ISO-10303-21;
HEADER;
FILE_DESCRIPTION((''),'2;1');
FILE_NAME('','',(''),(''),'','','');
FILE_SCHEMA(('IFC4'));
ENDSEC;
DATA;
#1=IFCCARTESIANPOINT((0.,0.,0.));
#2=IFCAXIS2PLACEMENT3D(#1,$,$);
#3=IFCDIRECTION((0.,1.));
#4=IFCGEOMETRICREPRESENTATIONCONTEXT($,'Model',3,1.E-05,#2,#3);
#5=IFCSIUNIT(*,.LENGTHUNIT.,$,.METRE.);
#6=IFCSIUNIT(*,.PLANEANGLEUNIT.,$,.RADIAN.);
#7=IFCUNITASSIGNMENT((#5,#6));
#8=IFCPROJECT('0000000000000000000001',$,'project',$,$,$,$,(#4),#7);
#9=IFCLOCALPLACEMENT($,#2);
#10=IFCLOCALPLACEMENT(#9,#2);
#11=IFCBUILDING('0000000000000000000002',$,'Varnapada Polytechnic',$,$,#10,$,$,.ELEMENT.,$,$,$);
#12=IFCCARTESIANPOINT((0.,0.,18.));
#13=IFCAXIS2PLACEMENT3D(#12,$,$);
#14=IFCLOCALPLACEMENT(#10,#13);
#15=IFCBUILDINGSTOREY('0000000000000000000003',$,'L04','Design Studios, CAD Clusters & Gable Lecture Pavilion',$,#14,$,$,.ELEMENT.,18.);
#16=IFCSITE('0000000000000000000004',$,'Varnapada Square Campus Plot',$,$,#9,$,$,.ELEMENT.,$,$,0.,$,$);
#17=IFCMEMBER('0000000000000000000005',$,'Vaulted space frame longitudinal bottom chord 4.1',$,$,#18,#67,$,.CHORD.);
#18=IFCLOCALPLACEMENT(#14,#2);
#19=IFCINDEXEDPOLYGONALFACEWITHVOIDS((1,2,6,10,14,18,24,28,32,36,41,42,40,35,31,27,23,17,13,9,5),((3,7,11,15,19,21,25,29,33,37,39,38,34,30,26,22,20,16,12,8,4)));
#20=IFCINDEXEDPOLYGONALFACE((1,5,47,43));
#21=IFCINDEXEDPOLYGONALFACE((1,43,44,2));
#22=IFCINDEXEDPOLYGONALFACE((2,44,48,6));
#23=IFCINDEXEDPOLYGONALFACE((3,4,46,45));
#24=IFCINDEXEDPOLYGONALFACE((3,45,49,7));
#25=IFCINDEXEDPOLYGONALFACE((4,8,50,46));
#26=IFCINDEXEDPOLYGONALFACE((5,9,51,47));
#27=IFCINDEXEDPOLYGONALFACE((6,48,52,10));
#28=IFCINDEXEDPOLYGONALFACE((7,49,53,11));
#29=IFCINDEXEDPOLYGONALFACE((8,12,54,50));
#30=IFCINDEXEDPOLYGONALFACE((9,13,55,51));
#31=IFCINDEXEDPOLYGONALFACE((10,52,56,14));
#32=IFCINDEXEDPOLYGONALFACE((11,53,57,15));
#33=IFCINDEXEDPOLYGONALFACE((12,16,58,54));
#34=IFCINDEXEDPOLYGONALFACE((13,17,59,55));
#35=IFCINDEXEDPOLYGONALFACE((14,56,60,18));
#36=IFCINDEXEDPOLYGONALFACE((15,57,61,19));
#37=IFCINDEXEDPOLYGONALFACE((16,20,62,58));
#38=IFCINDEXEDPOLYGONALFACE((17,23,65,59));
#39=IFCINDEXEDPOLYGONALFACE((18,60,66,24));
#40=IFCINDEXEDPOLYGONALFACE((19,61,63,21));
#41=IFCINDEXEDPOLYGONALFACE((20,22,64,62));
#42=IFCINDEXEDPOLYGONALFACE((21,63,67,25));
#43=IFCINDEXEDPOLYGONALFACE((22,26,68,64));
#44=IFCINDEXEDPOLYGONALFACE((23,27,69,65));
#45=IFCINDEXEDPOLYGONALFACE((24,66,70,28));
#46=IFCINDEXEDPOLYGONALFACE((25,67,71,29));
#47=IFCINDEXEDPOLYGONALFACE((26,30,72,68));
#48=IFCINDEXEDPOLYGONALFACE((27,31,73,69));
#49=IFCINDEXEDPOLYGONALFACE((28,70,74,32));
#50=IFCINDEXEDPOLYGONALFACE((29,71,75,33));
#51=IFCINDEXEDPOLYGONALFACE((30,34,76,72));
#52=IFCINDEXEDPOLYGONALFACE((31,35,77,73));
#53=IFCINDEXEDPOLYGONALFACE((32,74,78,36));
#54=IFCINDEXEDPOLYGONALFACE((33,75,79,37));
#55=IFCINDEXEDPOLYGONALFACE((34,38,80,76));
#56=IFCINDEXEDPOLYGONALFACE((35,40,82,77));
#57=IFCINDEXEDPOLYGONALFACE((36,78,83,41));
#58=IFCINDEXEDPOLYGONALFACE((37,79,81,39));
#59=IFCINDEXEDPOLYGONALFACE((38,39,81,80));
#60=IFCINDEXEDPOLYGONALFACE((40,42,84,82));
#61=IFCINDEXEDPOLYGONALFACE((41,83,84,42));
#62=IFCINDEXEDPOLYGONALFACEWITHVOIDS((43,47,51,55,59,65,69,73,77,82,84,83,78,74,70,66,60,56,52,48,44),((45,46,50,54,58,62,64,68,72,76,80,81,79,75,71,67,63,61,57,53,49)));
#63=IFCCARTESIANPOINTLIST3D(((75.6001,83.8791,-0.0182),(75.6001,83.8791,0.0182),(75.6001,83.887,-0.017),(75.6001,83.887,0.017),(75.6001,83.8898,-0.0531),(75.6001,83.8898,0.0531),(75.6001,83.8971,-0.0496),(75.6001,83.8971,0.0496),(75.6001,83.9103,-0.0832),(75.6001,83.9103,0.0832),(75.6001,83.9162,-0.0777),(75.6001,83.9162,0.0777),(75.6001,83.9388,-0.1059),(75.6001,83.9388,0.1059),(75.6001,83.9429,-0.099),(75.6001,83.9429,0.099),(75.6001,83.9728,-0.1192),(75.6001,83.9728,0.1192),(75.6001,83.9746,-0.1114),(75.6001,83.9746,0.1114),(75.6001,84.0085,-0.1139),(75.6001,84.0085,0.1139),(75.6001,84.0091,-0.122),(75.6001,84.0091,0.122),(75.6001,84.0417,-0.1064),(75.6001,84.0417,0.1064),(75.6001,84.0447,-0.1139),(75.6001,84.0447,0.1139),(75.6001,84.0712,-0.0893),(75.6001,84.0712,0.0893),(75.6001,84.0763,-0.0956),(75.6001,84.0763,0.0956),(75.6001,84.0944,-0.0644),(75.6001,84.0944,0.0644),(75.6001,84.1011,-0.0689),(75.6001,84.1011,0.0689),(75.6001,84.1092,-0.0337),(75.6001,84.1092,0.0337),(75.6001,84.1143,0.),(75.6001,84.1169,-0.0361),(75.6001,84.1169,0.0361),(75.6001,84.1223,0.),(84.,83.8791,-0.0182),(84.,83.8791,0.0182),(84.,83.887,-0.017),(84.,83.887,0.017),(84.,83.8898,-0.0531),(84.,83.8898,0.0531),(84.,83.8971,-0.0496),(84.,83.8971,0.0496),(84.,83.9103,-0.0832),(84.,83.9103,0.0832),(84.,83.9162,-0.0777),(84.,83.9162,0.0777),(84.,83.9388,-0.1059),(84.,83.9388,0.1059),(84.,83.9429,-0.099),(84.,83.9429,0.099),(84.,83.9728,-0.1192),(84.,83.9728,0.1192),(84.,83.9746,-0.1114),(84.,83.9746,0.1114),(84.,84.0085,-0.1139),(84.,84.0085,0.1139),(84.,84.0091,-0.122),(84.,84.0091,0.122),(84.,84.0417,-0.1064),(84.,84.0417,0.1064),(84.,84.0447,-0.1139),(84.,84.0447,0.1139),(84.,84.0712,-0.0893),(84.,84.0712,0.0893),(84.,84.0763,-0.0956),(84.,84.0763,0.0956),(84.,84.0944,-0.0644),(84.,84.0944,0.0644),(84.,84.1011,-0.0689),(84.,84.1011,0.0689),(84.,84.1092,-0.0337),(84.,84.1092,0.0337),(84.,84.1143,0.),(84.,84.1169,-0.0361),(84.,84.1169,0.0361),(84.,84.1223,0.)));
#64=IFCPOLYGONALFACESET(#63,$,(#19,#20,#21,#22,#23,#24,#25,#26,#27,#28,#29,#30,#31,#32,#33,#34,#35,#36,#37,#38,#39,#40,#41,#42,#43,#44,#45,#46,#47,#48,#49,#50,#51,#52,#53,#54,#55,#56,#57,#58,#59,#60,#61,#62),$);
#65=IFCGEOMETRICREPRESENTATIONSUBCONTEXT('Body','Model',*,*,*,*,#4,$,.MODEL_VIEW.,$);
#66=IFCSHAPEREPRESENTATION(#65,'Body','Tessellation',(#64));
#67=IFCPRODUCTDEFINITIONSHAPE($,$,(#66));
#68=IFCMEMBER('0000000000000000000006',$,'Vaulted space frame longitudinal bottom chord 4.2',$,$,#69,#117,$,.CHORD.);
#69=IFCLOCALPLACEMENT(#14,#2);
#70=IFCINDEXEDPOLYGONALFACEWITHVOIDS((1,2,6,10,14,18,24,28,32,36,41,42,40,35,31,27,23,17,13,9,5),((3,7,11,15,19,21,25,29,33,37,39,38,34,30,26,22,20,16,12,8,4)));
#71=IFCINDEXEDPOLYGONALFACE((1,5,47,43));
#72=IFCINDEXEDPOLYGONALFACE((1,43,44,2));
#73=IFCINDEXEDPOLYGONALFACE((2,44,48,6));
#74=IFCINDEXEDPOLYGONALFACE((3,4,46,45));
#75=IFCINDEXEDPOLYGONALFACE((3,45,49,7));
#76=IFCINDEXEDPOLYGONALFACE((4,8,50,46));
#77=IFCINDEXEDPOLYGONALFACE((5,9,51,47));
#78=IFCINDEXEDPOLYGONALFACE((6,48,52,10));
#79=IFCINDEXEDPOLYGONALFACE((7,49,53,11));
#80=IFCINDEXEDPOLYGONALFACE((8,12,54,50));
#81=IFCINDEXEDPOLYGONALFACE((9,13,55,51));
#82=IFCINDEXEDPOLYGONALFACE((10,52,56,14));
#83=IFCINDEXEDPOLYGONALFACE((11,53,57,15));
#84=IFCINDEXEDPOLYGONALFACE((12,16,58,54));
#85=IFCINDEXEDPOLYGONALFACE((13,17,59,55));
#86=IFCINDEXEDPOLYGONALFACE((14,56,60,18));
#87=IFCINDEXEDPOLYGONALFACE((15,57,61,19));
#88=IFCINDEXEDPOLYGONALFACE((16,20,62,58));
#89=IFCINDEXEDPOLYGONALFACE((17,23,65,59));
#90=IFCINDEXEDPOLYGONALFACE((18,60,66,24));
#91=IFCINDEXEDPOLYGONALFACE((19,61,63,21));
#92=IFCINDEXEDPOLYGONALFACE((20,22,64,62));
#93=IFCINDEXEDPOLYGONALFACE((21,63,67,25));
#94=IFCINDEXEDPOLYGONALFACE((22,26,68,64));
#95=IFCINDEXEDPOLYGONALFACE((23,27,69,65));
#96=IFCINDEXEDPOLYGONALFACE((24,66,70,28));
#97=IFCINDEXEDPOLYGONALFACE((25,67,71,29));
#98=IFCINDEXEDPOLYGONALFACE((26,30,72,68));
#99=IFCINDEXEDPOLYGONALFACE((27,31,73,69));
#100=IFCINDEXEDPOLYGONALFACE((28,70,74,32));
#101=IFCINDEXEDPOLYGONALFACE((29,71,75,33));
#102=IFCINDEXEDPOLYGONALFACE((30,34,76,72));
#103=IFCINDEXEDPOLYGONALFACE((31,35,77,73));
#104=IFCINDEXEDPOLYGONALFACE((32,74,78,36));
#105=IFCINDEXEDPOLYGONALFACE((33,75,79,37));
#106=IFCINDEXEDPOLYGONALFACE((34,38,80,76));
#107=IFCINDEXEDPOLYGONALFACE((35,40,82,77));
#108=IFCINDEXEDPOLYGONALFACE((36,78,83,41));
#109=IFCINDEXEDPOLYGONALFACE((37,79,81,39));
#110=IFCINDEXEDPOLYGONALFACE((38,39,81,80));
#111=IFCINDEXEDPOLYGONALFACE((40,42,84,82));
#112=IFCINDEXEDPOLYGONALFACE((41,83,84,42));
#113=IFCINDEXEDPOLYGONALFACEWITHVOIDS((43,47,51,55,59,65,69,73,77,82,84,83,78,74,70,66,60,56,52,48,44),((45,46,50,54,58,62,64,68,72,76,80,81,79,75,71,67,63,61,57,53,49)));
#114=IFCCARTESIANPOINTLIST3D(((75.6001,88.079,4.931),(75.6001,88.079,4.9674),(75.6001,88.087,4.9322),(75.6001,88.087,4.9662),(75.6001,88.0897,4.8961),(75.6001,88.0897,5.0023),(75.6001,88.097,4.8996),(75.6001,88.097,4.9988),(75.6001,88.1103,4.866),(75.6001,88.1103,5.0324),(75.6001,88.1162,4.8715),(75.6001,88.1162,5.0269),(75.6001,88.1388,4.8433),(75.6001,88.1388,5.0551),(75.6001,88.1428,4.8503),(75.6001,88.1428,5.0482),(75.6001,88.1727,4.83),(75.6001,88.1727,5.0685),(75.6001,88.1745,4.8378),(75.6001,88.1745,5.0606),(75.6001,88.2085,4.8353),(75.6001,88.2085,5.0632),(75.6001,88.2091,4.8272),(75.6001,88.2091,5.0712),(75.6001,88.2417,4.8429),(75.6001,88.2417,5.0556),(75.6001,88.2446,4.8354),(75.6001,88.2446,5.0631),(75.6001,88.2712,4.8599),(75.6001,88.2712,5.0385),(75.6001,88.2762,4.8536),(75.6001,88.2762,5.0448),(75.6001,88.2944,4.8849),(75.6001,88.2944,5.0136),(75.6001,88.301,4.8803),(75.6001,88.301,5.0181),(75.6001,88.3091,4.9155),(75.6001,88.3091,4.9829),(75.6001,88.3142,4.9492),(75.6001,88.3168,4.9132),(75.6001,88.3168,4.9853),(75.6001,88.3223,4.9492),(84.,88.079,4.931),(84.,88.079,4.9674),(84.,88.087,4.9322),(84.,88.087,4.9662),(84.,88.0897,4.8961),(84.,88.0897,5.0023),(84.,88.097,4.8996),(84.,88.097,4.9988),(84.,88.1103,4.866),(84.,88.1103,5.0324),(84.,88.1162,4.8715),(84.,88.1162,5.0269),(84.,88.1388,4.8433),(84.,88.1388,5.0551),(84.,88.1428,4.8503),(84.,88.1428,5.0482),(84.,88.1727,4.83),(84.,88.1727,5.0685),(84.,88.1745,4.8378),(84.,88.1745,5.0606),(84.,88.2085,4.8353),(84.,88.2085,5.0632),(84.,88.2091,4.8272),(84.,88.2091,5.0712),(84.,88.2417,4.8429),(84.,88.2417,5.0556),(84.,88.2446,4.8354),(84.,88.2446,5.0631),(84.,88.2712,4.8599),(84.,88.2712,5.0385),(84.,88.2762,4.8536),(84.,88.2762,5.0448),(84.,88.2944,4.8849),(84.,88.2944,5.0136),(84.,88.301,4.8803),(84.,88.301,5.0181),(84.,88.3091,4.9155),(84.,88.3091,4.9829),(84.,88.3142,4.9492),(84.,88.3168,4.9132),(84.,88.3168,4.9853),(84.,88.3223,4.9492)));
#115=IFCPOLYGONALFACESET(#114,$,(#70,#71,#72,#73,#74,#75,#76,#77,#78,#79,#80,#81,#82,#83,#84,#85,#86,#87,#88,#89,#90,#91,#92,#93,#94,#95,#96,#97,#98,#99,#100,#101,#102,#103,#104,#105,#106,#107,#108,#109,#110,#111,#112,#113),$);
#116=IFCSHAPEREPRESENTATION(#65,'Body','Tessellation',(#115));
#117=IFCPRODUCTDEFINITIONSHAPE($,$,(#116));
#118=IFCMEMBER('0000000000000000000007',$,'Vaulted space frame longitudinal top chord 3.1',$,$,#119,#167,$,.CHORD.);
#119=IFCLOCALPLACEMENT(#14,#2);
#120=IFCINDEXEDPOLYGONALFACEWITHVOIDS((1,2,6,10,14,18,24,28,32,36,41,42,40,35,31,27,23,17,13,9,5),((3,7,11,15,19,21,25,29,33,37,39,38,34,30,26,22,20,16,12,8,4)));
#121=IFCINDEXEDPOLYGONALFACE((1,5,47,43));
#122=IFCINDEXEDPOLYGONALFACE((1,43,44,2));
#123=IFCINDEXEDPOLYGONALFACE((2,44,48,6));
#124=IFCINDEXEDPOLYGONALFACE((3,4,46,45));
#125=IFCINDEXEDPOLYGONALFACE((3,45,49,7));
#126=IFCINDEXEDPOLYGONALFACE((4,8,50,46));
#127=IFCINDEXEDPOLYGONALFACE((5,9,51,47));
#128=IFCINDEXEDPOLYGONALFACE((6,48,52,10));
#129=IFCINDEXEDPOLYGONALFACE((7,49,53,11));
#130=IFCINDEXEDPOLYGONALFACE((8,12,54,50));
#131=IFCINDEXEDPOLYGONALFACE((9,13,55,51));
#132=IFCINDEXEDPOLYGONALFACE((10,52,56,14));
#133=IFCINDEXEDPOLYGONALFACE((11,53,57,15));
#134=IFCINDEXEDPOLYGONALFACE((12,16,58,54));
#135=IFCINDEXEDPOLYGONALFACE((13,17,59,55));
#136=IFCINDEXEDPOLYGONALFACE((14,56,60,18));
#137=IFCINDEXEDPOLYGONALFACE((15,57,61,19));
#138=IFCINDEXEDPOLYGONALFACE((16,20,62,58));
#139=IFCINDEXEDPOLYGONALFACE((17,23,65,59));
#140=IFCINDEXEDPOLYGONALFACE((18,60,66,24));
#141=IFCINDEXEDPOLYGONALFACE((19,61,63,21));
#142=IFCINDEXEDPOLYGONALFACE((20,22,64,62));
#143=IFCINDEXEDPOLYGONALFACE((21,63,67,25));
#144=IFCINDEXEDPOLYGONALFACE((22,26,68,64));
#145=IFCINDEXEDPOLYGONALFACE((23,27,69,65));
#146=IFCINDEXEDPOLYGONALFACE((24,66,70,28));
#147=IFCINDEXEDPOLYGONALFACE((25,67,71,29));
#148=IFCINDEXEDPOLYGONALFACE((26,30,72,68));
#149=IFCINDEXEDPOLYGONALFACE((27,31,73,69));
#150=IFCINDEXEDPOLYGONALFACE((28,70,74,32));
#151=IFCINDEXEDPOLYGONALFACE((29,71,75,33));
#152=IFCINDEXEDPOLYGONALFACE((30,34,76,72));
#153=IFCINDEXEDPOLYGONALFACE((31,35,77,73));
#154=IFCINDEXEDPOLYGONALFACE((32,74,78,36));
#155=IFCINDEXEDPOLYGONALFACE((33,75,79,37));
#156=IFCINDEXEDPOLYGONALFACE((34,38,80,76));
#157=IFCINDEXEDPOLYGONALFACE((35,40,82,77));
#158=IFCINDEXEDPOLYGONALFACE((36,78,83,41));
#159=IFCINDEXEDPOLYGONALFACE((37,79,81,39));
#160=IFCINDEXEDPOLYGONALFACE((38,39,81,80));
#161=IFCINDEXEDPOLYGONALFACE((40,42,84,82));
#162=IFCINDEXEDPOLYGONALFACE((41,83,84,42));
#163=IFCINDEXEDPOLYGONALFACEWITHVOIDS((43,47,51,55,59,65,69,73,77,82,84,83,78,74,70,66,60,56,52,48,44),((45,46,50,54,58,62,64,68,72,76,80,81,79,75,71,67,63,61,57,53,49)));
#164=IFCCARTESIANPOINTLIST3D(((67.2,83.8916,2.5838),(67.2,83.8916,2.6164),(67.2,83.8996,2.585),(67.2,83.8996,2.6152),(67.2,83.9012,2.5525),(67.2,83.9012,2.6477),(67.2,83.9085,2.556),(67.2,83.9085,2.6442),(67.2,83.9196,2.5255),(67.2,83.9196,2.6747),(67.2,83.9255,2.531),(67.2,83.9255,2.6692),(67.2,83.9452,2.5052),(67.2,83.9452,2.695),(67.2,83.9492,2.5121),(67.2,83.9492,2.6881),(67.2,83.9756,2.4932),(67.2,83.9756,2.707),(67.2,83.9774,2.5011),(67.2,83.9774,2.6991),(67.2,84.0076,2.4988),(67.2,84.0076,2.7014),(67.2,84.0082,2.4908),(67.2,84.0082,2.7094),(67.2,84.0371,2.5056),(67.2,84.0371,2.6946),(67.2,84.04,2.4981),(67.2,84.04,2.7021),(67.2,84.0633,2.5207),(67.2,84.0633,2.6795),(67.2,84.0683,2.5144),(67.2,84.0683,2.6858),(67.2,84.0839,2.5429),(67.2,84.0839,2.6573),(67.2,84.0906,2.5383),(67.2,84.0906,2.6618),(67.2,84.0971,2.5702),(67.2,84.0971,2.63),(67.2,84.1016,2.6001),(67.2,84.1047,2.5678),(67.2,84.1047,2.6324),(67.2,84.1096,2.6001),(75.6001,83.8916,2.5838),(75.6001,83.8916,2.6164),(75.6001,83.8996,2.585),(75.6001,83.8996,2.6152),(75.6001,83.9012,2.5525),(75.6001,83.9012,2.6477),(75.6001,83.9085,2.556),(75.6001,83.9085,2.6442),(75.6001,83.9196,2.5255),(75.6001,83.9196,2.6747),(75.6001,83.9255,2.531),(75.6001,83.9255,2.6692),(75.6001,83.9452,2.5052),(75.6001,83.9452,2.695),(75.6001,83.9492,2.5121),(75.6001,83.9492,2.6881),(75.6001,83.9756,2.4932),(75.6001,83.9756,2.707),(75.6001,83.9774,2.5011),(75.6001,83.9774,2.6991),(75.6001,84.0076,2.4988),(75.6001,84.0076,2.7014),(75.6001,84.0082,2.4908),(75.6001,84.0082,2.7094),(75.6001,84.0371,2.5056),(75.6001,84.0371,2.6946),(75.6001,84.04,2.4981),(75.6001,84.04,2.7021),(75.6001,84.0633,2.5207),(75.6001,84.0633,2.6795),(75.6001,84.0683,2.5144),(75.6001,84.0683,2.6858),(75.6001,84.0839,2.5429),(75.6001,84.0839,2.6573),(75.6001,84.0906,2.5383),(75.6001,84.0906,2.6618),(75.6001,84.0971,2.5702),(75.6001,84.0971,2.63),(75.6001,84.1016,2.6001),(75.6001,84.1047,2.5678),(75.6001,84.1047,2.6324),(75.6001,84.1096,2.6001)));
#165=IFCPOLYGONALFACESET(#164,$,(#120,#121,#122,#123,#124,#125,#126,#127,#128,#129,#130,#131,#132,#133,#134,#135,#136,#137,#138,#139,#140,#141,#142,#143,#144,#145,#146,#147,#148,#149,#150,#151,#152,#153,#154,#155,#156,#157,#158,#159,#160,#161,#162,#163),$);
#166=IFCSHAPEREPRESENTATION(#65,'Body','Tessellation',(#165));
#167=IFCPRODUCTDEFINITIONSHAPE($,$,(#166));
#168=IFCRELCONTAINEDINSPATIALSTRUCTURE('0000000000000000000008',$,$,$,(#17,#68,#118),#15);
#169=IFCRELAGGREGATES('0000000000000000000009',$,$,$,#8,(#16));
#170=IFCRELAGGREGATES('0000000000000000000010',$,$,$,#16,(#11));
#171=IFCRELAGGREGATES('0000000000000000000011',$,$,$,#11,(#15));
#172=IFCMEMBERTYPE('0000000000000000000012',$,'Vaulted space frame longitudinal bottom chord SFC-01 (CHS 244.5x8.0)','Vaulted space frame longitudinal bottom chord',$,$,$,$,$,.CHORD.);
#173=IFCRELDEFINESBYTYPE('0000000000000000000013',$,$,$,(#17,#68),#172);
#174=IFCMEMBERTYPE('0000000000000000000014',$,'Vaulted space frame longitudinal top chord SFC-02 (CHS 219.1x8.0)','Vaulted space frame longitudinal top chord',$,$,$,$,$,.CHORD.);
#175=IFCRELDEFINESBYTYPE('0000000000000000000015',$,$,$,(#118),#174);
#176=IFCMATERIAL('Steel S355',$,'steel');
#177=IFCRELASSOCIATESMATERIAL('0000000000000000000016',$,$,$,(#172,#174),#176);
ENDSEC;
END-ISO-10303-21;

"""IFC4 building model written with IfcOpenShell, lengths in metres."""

from ifc_helpers import new_model, si_unit, direction, frame, origin, origin_2d, place, context, subcontext, project, spatial, hollow_circle, extrude, material, material_profile, profile_set, type_object, element, save


model = new_model("IFC4")

# Units and contexts
model_context = context("Model", 3, precision=1e-05, world=origin(), true_north=direction((0.0, 1.0)))
body_context = subcontext(model_context, "Body", "Model", "MODEL_VIEW")
ifc_project = project(units=[si_unit("LENGTHUNIT", "METRE"), si_unit("PLANEANGLEUNIT", "RADIAN")], contexts=[model_context])

# Site, building, storey
site_placement = place(None, origin())
site = spatial("IfcSite", under=ifc_project, at=site_placement, Name="Varnapada Square Campus Plot", CompositionType="ELEMENT", RefElevation=0.0)
building_placement = place(site_placement, origin())
building = spatial("IfcBuilding", under=site, at=building_placement, Name="Varnapada Polytechnic", CompositionType="ELEMENT")
storey_placement = place(building_placement, frame((0.0, 0.0, 18.0)))
storey = spatial("IfcBuildingStorey", under=building, at=storey_placement, Name="L04", Description="Design Studios, CAD Clusters & Gable Lecture Pavilion", CompositionType="ELEMENT", Elevation=18.0)

# Shared definitions
ifc_material = material(Name="Steel S355", Category="steel")

# Members
ifc_material_profile_1 = material_profile(ifc_material, hollow_circle(Radius=0.1223, WallThickness=0.0081, at=origin_2d()), Name="CHS 244.5x8.0")
ifc_profile_set_1 = profile_set([ifc_material_profile_1], Name="Steel S355")
member_type_1 = type_object("IfcMemberType", Name="Vaulted space frame longitudinal bottom chord SFC-01 (CHS 244.5x8.0)", Description="Vaulted space frame longitudinal bottom chord", PredefinedType="CHORD", material=ifc_profile_set_1)
for number, where, z_axis, x_axis, name in (
    (1, (75.6001, 84.0, 0.0), (1.0, 0.0, 0.0), (0.0, 1.0, 0.0), "Vaulted space frame longitudinal bottom chord 4.1"),
    (2, (75.6001, 88.2, 4.9492), (1.0, 0.0, 0.0), (0.0, 1.0, 0.0), "Vaulted space frame longitudinal bottom chord 4.2"),
):
    element("IfcMember", number, at=place(storey_placement, frame(where, z_axis=z_axis, x_axis=x_axis)), inside=storey, type_object=member_type_1, Name=name, PredefinedType="CHORD", context=body_context, shape_type="SweptSolid", body=[
        extrude(hollow_circle(Radius=0.1223, WallThickness=0.0081, at=origin_2d()), origin(), (0.0, 0.0, 1.0), 8.3999),
    ])
ifc_material_profile_2 = material_profile(ifc_material, hollow_circle(Radius=0.1096, WallThickness=0.0081, at=origin_2d()), Name="CHS 219.1x8.0")
ifc_profile_set_2 = profile_set([ifc_material_profile_2], Name="Steel S355")
member_type_2 = type_object("IfcMemberType", Name="Vaulted space frame longitudinal top chord SFC-02 (CHS 219.1x8.0)", Description="Vaulted space frame longitudinal top chord", PredefinedType="CHORD", material=ifc_profile_set_2)
for number, where, z_axis, x_axis, name in (
    (3, (67.2, 84.0, 2.6001), (1.0, 0.0, 0.0), (0.0, 1.0, 0.0), "Vaulted space frame longitudinal top chord 3.1"),
):
    element("IfcMember", number, at=place(storey_placement, frame(where, z_axis=z_axis, x_axis=x_axis)), inside=storey, type_object=member_type_2, Name=name, PredefinedType="CHORD", context=body_context, shape_type="SweptSolid", body=[
        extrude(hollow_circle(Radius=0.1096, WallThickness=0.0081, at=origin_2d()), origin(), (0.0, 0.0, 1.0), 8.4001),
    ])

save(model, "model.ifc")
